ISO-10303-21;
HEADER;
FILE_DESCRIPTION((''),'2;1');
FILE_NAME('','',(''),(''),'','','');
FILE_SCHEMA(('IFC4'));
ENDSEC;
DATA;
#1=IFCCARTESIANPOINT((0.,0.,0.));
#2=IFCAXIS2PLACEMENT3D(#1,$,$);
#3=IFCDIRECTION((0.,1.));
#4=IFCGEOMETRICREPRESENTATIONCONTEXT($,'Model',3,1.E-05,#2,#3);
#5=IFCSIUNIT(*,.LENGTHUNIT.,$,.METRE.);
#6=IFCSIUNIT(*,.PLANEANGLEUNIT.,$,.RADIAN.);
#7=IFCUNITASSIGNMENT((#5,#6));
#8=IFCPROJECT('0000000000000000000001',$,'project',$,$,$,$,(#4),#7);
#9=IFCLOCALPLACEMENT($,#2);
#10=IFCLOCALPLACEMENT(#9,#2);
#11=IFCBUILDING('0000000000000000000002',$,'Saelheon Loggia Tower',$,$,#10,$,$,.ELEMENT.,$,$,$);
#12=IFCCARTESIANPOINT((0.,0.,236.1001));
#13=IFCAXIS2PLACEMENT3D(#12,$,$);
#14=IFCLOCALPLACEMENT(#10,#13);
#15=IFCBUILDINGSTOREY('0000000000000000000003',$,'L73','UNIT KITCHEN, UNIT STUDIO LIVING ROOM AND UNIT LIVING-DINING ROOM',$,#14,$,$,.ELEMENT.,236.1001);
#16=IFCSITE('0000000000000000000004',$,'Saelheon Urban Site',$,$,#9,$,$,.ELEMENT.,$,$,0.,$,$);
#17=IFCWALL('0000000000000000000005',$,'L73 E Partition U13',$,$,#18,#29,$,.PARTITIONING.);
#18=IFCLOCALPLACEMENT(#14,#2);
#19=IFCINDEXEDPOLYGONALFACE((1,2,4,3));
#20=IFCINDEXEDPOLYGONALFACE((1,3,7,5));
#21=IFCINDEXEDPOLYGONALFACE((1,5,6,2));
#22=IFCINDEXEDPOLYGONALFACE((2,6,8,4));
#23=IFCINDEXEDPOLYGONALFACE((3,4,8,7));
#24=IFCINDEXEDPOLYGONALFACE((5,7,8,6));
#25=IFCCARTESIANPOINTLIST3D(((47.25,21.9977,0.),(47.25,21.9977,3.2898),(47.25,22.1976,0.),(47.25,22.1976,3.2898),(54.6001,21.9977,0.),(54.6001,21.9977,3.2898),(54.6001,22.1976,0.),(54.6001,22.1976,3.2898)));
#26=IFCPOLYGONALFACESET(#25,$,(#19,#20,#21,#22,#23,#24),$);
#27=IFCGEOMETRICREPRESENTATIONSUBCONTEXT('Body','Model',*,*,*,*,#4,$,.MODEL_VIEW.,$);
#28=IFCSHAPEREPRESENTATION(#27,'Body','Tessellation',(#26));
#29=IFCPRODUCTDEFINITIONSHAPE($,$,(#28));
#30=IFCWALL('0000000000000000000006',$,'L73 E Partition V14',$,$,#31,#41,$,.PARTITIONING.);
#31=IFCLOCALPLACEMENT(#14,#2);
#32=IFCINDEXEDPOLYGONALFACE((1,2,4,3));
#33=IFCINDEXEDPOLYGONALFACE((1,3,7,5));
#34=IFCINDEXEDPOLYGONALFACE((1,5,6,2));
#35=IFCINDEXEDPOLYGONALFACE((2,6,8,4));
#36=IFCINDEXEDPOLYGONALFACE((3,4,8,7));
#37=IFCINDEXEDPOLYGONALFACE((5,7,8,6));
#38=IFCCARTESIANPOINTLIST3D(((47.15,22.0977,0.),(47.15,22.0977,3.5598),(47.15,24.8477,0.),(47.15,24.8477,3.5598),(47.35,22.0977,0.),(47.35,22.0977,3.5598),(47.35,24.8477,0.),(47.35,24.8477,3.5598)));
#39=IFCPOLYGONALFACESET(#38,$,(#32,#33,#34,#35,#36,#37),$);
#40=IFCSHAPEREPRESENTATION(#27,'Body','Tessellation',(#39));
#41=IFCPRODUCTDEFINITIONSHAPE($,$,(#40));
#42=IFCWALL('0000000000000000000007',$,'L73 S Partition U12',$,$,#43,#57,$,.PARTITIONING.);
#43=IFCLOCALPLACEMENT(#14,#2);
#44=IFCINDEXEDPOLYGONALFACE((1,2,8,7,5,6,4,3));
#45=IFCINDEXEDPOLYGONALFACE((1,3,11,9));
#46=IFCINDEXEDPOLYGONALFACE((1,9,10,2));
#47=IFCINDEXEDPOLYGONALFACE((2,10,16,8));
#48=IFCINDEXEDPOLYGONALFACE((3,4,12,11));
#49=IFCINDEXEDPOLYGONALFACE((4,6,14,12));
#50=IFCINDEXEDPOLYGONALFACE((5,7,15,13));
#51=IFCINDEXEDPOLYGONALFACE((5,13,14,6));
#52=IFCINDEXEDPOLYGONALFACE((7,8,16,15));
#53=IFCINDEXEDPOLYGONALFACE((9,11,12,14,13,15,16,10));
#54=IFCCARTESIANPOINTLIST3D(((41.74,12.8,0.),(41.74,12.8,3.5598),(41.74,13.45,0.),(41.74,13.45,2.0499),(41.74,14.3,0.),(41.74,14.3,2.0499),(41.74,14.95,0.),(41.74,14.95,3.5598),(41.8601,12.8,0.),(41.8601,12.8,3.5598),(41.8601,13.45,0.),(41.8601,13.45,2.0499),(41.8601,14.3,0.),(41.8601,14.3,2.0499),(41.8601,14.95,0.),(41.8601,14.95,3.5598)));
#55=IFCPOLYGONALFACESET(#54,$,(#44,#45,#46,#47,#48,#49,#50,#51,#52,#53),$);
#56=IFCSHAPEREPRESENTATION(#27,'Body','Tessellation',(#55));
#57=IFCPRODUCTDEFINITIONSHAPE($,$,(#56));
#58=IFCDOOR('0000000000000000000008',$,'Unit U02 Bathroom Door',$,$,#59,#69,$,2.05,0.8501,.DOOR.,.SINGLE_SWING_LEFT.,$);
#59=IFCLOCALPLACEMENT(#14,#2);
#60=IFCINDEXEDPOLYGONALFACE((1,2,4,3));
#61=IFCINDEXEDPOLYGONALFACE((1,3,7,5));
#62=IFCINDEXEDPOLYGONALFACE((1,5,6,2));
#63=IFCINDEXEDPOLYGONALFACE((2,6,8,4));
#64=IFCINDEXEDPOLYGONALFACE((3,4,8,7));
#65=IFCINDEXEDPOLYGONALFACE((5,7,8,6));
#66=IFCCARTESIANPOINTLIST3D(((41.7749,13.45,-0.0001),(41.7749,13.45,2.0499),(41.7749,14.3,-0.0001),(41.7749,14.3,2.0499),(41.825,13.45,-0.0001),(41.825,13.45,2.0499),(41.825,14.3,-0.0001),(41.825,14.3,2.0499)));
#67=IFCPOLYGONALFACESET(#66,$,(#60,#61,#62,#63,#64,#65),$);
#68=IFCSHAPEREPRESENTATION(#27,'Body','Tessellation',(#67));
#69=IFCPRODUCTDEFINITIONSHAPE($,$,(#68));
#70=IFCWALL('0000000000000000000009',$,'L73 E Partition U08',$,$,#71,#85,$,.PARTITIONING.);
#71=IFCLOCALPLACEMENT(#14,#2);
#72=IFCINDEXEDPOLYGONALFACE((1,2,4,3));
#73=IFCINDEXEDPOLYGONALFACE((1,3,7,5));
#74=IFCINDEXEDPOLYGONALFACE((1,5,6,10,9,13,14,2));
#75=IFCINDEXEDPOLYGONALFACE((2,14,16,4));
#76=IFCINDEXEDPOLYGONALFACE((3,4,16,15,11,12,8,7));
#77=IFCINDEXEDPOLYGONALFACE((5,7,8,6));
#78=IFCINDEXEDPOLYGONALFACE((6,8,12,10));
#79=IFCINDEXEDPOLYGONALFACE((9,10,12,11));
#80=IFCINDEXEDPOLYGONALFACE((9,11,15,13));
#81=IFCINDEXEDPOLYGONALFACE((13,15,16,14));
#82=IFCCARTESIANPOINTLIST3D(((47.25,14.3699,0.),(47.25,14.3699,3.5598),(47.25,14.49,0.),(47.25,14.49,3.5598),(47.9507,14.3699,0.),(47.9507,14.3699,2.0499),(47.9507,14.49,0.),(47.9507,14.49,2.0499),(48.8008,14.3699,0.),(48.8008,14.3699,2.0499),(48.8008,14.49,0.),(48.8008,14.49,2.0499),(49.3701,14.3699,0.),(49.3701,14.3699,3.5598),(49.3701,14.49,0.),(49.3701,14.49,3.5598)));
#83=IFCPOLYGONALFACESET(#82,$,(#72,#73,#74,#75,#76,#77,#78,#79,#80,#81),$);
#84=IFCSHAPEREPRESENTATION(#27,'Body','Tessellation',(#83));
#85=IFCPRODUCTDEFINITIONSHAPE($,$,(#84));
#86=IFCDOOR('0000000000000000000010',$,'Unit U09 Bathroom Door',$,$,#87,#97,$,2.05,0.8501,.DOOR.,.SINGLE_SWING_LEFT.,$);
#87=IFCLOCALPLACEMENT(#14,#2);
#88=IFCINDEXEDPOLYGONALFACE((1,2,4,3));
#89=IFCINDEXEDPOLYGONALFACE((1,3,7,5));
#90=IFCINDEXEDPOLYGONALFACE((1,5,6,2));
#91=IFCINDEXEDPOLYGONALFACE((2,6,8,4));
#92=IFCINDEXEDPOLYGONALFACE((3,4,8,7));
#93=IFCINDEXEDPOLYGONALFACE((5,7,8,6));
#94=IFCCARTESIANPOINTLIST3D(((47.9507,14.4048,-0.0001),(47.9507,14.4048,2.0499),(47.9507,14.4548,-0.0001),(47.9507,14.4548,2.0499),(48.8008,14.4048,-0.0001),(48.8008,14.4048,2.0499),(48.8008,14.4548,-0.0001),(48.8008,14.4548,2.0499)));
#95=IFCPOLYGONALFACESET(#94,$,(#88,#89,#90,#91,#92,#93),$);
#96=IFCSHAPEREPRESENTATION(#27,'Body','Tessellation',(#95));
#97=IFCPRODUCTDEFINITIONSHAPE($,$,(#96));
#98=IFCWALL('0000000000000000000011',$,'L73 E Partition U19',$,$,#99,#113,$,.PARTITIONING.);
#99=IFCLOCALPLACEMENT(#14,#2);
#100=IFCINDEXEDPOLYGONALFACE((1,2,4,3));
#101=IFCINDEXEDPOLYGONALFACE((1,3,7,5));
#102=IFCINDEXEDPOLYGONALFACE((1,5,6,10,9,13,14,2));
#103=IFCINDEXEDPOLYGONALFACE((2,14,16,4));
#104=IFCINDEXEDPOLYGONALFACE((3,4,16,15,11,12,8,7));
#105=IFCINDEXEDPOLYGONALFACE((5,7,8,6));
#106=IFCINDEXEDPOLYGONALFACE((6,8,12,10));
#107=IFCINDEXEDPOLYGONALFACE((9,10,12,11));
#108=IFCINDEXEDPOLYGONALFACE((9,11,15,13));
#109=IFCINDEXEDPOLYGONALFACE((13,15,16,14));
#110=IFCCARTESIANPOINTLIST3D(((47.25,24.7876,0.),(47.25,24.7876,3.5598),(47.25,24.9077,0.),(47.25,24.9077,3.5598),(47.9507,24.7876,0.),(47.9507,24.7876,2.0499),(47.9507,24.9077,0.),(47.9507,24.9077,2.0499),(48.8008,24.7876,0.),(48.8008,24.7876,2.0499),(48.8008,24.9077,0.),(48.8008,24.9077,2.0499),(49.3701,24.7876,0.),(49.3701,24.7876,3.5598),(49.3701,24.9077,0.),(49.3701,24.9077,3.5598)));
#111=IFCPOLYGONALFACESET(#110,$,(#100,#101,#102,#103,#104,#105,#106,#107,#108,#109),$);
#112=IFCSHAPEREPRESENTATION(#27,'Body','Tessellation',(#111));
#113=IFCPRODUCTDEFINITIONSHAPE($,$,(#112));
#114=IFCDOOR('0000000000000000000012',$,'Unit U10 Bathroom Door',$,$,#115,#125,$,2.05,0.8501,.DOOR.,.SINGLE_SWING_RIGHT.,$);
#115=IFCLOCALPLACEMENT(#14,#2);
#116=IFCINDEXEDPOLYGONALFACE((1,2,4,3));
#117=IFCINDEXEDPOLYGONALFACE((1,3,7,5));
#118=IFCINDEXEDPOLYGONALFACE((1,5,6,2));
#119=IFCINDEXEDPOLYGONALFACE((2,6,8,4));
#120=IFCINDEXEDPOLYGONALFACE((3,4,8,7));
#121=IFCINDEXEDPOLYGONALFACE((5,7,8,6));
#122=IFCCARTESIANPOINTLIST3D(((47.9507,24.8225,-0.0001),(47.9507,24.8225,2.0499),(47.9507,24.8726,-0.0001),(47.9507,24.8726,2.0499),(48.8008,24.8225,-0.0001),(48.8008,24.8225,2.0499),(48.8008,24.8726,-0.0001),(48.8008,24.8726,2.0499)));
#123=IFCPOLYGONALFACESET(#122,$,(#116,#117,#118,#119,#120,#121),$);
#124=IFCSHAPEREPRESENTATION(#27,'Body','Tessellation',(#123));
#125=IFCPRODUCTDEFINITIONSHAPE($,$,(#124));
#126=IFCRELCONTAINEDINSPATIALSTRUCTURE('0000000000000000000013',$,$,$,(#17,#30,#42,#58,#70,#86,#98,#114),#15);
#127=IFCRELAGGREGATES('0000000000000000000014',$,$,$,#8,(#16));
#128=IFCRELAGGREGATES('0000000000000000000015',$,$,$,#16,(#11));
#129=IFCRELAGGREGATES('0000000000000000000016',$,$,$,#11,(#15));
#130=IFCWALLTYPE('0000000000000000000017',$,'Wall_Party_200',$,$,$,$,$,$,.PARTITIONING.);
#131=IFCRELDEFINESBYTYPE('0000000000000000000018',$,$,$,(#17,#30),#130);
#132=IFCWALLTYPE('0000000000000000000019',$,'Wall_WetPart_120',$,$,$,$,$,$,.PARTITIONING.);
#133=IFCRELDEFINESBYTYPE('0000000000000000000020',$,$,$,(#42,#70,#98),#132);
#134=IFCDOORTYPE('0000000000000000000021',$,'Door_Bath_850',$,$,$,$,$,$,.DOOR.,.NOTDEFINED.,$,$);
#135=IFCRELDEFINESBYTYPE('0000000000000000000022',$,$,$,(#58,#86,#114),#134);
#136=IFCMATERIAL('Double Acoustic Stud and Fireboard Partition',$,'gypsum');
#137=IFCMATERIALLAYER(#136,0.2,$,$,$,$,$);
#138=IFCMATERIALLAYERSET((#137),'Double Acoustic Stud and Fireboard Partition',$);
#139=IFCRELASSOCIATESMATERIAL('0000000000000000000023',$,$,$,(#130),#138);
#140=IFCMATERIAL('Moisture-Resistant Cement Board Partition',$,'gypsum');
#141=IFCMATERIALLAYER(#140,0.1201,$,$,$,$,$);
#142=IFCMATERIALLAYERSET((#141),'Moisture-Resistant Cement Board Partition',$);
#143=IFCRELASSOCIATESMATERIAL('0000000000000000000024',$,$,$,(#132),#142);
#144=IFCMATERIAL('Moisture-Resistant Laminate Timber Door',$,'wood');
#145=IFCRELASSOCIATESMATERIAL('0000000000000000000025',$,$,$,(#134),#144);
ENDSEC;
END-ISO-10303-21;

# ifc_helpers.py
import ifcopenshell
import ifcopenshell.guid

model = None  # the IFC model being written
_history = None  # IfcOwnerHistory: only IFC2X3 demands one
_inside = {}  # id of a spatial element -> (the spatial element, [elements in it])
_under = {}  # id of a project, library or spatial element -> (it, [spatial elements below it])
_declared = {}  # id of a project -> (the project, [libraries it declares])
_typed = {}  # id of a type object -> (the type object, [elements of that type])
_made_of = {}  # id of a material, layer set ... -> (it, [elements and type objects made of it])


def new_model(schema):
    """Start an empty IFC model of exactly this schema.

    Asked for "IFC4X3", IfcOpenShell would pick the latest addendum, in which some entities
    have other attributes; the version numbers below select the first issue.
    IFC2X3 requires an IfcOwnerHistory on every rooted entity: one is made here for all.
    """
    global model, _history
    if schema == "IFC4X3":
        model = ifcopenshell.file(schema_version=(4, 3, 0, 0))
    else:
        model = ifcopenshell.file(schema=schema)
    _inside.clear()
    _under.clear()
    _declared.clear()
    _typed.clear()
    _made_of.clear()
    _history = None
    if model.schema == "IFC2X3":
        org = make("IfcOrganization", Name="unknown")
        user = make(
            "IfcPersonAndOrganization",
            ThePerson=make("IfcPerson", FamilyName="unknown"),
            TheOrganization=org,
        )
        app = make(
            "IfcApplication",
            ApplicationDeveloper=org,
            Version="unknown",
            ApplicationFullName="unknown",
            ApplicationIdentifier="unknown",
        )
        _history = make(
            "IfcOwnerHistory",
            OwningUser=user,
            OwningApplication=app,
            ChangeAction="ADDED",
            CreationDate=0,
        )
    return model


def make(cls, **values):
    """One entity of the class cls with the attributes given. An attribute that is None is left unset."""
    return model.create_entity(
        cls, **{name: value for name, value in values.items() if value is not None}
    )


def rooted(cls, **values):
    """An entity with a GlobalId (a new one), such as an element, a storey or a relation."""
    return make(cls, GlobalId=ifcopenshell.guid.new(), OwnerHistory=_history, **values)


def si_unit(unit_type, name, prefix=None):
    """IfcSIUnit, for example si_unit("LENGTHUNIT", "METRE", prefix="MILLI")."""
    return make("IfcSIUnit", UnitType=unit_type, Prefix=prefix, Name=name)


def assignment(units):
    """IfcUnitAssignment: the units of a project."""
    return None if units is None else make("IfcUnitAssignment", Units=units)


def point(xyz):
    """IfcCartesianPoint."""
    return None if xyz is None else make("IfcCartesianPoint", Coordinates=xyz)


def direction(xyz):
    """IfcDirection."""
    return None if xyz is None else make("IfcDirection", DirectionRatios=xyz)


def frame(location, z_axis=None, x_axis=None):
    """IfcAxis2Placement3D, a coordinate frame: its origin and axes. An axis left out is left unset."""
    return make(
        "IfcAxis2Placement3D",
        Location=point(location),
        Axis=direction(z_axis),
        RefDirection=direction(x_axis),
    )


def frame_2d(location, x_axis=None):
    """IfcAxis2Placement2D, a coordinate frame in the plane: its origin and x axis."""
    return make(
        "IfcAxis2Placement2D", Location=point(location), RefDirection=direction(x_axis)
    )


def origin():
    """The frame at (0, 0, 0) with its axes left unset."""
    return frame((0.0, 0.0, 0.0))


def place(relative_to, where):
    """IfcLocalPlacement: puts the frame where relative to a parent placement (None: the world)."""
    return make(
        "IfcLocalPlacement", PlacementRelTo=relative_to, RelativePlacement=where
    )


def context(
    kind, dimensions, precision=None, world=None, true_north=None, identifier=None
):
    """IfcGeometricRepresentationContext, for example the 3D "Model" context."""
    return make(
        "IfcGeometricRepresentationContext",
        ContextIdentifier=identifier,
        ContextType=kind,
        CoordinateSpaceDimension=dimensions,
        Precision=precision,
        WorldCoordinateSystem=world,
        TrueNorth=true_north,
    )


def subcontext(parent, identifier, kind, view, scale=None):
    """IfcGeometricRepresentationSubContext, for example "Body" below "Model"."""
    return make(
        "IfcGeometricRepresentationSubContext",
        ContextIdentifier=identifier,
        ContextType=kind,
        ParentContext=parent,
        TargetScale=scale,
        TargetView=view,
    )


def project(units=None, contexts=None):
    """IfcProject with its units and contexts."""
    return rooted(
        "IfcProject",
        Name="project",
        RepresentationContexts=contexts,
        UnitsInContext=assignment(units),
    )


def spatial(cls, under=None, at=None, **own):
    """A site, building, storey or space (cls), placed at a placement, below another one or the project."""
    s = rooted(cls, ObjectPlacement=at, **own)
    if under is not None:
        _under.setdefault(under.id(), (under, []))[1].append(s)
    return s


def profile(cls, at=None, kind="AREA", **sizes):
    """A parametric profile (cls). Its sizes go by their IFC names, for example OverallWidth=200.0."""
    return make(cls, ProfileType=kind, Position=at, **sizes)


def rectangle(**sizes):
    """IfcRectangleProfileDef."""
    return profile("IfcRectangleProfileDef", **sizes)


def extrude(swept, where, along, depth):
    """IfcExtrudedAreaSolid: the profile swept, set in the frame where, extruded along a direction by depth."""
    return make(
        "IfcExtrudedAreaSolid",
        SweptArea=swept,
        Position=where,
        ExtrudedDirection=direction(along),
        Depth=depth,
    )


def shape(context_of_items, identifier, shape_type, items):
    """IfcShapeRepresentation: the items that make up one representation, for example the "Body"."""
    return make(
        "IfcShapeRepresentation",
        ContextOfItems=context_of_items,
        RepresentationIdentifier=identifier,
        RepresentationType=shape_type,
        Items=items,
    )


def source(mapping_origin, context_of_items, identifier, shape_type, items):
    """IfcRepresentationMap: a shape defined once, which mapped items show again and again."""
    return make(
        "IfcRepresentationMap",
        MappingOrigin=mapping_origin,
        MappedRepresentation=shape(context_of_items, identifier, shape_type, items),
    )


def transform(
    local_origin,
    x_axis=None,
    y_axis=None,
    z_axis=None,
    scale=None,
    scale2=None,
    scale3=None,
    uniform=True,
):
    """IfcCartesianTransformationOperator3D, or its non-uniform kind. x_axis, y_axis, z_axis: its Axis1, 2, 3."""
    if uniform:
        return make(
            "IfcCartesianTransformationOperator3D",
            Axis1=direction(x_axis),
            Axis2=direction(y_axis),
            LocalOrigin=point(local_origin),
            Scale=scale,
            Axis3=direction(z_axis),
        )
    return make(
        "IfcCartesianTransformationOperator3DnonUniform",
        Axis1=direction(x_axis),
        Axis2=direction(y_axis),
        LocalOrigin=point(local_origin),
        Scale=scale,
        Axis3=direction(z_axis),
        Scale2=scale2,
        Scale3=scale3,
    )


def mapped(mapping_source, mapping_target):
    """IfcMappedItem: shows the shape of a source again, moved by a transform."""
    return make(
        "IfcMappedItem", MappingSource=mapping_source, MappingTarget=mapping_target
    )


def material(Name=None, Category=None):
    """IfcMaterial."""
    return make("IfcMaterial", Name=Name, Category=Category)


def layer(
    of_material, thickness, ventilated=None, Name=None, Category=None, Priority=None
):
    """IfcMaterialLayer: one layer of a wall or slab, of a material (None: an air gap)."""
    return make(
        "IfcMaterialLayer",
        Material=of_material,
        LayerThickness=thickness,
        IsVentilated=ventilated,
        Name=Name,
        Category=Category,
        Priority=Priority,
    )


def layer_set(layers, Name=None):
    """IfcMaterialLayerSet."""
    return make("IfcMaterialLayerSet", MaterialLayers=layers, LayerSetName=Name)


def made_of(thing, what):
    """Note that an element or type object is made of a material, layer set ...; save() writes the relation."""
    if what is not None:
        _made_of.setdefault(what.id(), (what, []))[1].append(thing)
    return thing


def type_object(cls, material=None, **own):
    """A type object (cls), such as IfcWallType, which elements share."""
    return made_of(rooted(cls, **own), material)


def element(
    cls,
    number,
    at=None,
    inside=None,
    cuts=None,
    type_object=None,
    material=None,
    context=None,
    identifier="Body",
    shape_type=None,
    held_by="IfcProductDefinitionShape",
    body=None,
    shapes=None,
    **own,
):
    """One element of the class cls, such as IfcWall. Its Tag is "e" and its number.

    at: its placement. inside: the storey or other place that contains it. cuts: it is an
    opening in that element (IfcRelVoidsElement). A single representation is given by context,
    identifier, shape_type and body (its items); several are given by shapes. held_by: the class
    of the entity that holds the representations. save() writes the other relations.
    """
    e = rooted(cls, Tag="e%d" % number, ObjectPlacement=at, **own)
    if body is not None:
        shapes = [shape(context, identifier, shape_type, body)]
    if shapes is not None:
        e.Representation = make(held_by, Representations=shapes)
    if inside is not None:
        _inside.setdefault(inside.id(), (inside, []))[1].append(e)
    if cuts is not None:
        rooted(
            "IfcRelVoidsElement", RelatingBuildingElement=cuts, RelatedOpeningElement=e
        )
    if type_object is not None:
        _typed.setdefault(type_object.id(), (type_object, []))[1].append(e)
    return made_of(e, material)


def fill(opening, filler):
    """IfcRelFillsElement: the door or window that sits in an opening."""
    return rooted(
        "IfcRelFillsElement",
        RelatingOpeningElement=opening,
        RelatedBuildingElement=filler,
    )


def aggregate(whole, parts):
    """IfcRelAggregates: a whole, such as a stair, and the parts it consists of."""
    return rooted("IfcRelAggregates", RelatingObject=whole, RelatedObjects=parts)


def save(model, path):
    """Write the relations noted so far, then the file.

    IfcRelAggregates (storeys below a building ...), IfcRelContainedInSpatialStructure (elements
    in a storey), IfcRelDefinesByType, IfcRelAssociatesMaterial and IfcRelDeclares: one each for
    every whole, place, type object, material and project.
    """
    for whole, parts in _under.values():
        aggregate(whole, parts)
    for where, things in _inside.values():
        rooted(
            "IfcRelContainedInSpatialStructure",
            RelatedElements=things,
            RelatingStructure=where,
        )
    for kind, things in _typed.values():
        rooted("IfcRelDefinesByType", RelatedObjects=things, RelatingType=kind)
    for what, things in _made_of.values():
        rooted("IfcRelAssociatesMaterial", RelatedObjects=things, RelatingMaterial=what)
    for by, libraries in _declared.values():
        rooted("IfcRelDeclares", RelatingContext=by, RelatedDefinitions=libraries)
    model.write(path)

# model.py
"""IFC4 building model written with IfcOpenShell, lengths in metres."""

from ifc_helpers import new_model, si_unit, direction, frame, frame_2d, origin, place, context, subcontext, project, spatial, rectangle, extrude, source, transform, mapped, material, layer, layer_set, type_object, element, fill, save


model = new_model("IFC4")

# Units and contexts
model_context = context("Model", 3, precision=1e-05, world=origin(), true_north=direction((0.0, 1.0)))
body_context = subcontext(model_context, "Body", "Model", "MODEL_VIEW")
ifc_project = project(units=[si_unit("LENGTHUNIT", "METRE"), si_unit("PLANEANGLEUNIT", "RADIAN")], contexts=[model_context])

# Site, building, storey
site_placement = place(None, origin())
site = spatial("IfcSite", under=ifc_project, at=site_placement, Name="Saelheon Urban Site", CompositionType="ELEMENT", RefElevation=0.0)
building_placement = place(site_placement, origin())
building = spatial("IfcBuilding", under=site, at=building_placement, Name="Saelheon Loggia Tower", CompositionType="ELEMENT")
storey_placement = place(building_placement, frame((0.0, 0.0, 236.1001)))
storey = spatial("IfcBuildingStorey", under=building, at=storey_placement, Name="L73", Description="UNIT KITCHEN, UNIT STUDIO LIVING ROOM AND UNIT LIVING-DINING ROOM", CompositionType="ELEMENT", Elevation=236.1001)

# Shared definitions
ifc_material_1 = material(Name="Double Acoustic Stud and Fireboard Partition", Category="gypsum")
ifc_layer_1 = layer(ifc_material_1, 0.2)
ifc_layer_set_1 = layer_set([ifc_layer_1], Name="Double Acoustic Stud and Fireboard Partition")
wall_type_1 = type_object("IfcWallType", Name="Wall_Party_200", PredefinedType="PARTITIONING", material=ifc_layer_set_1)

# Walls
wall_1_placement = place(storey_placement, frame((47.25, 22.0977, 0.0), z_axis=(0.0, 0.0, 1.0), x_axis=(1.0, 0.0, 0.0)))
element("IfcWall", 1, at=wall_1_placement, inside=storey, type_object=wall_type_1, Name="L73 E Partition U13", PredefinedType="PARTITIONING", context=body_context, shape_type="SweptSolid", body=[
    extrude(rectangle(XDim=7.3501, YDim=0.2, at=frame_2d((3.675, 0.0))), origin(), (0.0, 0.0, 1.0), 3.2898),
])
wall_2_placement = place(storey_placement, frame((47.25, 22.0977, 0.0), z_axis=(0.0, 0.0, 1.0), x_axis=(0.0, 1.0, 0.0)))
element("IfcWall", 2, at=wall_2_placement, inside=storey, type_object=wall_type_1, Name="L73 E Partition V14", PredefinedType="PARTITIONING", context=body_context, shape_type="SweptSolid", body=[
    extrude(rectangle(XDim=2.75, YDim=0.2, at=frame_2d((1.375, 0.0))), origin(), (0.0, 0.0, 1.0), 3.5598),
])

# Walls, openings, doors
ifc_material_2 = material(Name="Moisture-Resistant Cement Board Partition", Category="gypsum")
ifc_layer_2 = layer(ifc_material_2, 0.1201)
ifc_layer_set_2 = layer_set([ifc_layer_2], Name="Moisture-Resistant Cement Board Partition")
wall_type_2 = type_object("IfcWallType", Name="Wall_WetPart_120", PredefinedType="PARTITIONING", material=ifc_layer_set_2)
wall_3_placement = place(storey_placement, frame((41.8, 14.95, 0.0), z_axis=(0.0, 0.0, 1.0), x_axis=(0.0, -1.0, 0.0)))
wall_3 = element("IfcWall", 3, at=wall_3_placement, inside=storey, type_object=wall_type_2, Name="L73 S Partition U12", PredefinedType="PARTITIONING", context=body_context, shape_type="SweptSolid", body=[
    extrude(rectangle(XDim=2.1499, YDim=0.1201, at=frame_2d((1.075, 0.0))), origin(), (0.0, 0.0, 1.0), 3.5598),
])
opening_1_placement = place(wall_3_placement, frame((0.6499, 0.0, 0.0)))
opening_1 = element("IfcOpeningElement", 4, at=opening_1_placement, cuts=wall_3, PredefinedType="OPENING", context=body_context, shape_type="SweptSolid", body=[
    extrude(rectangle(XDim=0.8501, YDim=2.05, at=frame_2d((0.425, 1.0249))), frame((0.0, 0.072, 0.0), z_axis=(0.0, -1.0, 0.0), x_axis=(1.0, 0.0, 0.0)), (0.0, 0.0, 1.0), 0.144),
])
ifc_material_3 = material(Name="Moisture-Resistant Laminate Timber Door", Category="wood")
door_type_1 = type_object("IfcDoorType", Name="Door_Bath_850", OperationType="NOTDEFINED", PredefinedType="DOOR", material=ifc_material_3)
shared_shape_1 = source(origin(), body_context, "Body", "SweptSolid", [
    extrude(rectangle(XDim=0.8501, YDim=2.05, at=frame_2d((0.425, 1.0249))), frame((0.0, 0.0249, 0.0), z_axis=(0.0, -1.0, 0.0), x_axis=(1.0, 0.0, 0.0)), (0.0, 0.0, 1.0), 0.05),
])
door_1_placement = place(opening_1_placement, origin())
door_1 = element("IfcDoor", 5, at=door_1_placement, inside=storey, type_object=door_type_1, Name="Unit U02 Bathroom Door", OperationType="SINGLE_SWING_LEFT", OverallHeight=2.05, OverallWidth=0.8501, PredefinedType="DOOR", context=body_context, shape_type="MappedRepresentation", body=[
    mapped(shared_shape_1, transform((0.0, 0.0, 0.0), scale=1.0)),
])
fill(opening_1, door_1)
wall_4_placement = place(storey_placement, frame((47.25, 14.4299, 0.0), z_axis=(0.0, 0.0, 1.0), x_axis=(1.0, 0.0, 0.0)))
wall_4 = element("IfcWall", 6, at=wall_4_placement, inside=storey, type_object=wall_type_2, Name="L73 E Partition U08", PredefinedType="PARTITIONING", context=body_context, shape_type="SweptSolid", body=[
    extrude(rectangle(XDim=2.1201, YDim=0.1201, at=frame_2d((1.0601, 0.0))), origin(), (0.0, 0.0, 1.0), 3.5598),
])
opening_2_placement = place(wall_4_placement, frame((0.7007, 0.0, 0.0)))
opening_2 = element("IfcOpeningElement", 7, at=opening_2_placement, cuts=wall_4, PredefinedType="OPENING", context=body_context, shape_type="SweptSolid", body=[
    extrude(rectangle(XDim=0.8501, YDim=2.05, at=frame_2d((0.425, 1.0249))), frame((0.0, 0.072, 0.0), z_axis=(0.0, -1.0, 0.0), x_axis=(1.0, 0.0, 0.0)), (0.0, 0.0, 1.0), 0.144),
])
door_2_placement = place(opening_2_placement, origin())
door_2 = element("IfcDoor", 8, at=door_2_placement, inside=storey, type_object=door_type_1, Name="Unit U09 Bathroom Door", OperationType="SINGLE_SWING_LEFT", OverallHeight=2.05, OverallWidth=0.8501, PredefinedType="DOOR", context=body_context, shape_type="MappedRepresentation", body=[
    mapped(shared_shape_1, transform((0.0, 0.0, 0.0), scale=1.0)),
])
fill(opening_2, door_2)
wall_5_placement = place(storey_placement, frame((47.25, 24.8477, 0.0), z_axis=(0.0, 0.0, 1.0), x_axis=(1.0, 0.0, 0.0)))
wall_5 = element("IfcWall", 9, at=wall_5_placement, inside=storey, type_object=wall_type_2, Name="L73 E Partition U19", PredefinedType="PARTITIONING", context=body_context, shape_type="SweptSolid", body=[
    extrude(rectangle(XDim=2.1201, YDim=0.1201, at=frame_2d((1.0601, 0.0))), origin(), (0.0, 0.0, 1.0), 3.5598),
])
opening_3_placement = place(wall_5_placement, frame((0.7007, 0.0, 0.0)))
opening_3 = element("IfcOpeningElement", 10, at=opening_3_placement, cuts=wall_5, PredefinedType="OPENING", context=body_context, shape_type="SweptSolid", body=[
    extrude(rectangle(XDim=0.8501, YDim=2.05, at=frame_2d((0.425, 1.0249))), frame((0.0, 0.072, 0.0), z_axis=(0.0, -1.0, 0.0), x_axis=(1.0, 0.0, 0.0)), (0.0, 0.0, 1.0), 0.144),
])
door_3_placement = place(opening_3_placement, origin())
door_3 = element("IfcDoor", 11, at=door_3_placement, inside=storey, type_object=door_type_1, Name="Unit U10 Bathroom Door", OperationType="SINGLE_SWING_RIGHT", OverallHeight=2.05, OverallWidth=0.8501, PredefinedType="DOOR", context=body_context, shape_type="MappedRepresentation", body=[
    mapped(shared_shape_1, transform((0.0, 0.0, 0.0), scale=1.0)),
])
fill(opening_3, door_3)

save(model, "model.ifc")
